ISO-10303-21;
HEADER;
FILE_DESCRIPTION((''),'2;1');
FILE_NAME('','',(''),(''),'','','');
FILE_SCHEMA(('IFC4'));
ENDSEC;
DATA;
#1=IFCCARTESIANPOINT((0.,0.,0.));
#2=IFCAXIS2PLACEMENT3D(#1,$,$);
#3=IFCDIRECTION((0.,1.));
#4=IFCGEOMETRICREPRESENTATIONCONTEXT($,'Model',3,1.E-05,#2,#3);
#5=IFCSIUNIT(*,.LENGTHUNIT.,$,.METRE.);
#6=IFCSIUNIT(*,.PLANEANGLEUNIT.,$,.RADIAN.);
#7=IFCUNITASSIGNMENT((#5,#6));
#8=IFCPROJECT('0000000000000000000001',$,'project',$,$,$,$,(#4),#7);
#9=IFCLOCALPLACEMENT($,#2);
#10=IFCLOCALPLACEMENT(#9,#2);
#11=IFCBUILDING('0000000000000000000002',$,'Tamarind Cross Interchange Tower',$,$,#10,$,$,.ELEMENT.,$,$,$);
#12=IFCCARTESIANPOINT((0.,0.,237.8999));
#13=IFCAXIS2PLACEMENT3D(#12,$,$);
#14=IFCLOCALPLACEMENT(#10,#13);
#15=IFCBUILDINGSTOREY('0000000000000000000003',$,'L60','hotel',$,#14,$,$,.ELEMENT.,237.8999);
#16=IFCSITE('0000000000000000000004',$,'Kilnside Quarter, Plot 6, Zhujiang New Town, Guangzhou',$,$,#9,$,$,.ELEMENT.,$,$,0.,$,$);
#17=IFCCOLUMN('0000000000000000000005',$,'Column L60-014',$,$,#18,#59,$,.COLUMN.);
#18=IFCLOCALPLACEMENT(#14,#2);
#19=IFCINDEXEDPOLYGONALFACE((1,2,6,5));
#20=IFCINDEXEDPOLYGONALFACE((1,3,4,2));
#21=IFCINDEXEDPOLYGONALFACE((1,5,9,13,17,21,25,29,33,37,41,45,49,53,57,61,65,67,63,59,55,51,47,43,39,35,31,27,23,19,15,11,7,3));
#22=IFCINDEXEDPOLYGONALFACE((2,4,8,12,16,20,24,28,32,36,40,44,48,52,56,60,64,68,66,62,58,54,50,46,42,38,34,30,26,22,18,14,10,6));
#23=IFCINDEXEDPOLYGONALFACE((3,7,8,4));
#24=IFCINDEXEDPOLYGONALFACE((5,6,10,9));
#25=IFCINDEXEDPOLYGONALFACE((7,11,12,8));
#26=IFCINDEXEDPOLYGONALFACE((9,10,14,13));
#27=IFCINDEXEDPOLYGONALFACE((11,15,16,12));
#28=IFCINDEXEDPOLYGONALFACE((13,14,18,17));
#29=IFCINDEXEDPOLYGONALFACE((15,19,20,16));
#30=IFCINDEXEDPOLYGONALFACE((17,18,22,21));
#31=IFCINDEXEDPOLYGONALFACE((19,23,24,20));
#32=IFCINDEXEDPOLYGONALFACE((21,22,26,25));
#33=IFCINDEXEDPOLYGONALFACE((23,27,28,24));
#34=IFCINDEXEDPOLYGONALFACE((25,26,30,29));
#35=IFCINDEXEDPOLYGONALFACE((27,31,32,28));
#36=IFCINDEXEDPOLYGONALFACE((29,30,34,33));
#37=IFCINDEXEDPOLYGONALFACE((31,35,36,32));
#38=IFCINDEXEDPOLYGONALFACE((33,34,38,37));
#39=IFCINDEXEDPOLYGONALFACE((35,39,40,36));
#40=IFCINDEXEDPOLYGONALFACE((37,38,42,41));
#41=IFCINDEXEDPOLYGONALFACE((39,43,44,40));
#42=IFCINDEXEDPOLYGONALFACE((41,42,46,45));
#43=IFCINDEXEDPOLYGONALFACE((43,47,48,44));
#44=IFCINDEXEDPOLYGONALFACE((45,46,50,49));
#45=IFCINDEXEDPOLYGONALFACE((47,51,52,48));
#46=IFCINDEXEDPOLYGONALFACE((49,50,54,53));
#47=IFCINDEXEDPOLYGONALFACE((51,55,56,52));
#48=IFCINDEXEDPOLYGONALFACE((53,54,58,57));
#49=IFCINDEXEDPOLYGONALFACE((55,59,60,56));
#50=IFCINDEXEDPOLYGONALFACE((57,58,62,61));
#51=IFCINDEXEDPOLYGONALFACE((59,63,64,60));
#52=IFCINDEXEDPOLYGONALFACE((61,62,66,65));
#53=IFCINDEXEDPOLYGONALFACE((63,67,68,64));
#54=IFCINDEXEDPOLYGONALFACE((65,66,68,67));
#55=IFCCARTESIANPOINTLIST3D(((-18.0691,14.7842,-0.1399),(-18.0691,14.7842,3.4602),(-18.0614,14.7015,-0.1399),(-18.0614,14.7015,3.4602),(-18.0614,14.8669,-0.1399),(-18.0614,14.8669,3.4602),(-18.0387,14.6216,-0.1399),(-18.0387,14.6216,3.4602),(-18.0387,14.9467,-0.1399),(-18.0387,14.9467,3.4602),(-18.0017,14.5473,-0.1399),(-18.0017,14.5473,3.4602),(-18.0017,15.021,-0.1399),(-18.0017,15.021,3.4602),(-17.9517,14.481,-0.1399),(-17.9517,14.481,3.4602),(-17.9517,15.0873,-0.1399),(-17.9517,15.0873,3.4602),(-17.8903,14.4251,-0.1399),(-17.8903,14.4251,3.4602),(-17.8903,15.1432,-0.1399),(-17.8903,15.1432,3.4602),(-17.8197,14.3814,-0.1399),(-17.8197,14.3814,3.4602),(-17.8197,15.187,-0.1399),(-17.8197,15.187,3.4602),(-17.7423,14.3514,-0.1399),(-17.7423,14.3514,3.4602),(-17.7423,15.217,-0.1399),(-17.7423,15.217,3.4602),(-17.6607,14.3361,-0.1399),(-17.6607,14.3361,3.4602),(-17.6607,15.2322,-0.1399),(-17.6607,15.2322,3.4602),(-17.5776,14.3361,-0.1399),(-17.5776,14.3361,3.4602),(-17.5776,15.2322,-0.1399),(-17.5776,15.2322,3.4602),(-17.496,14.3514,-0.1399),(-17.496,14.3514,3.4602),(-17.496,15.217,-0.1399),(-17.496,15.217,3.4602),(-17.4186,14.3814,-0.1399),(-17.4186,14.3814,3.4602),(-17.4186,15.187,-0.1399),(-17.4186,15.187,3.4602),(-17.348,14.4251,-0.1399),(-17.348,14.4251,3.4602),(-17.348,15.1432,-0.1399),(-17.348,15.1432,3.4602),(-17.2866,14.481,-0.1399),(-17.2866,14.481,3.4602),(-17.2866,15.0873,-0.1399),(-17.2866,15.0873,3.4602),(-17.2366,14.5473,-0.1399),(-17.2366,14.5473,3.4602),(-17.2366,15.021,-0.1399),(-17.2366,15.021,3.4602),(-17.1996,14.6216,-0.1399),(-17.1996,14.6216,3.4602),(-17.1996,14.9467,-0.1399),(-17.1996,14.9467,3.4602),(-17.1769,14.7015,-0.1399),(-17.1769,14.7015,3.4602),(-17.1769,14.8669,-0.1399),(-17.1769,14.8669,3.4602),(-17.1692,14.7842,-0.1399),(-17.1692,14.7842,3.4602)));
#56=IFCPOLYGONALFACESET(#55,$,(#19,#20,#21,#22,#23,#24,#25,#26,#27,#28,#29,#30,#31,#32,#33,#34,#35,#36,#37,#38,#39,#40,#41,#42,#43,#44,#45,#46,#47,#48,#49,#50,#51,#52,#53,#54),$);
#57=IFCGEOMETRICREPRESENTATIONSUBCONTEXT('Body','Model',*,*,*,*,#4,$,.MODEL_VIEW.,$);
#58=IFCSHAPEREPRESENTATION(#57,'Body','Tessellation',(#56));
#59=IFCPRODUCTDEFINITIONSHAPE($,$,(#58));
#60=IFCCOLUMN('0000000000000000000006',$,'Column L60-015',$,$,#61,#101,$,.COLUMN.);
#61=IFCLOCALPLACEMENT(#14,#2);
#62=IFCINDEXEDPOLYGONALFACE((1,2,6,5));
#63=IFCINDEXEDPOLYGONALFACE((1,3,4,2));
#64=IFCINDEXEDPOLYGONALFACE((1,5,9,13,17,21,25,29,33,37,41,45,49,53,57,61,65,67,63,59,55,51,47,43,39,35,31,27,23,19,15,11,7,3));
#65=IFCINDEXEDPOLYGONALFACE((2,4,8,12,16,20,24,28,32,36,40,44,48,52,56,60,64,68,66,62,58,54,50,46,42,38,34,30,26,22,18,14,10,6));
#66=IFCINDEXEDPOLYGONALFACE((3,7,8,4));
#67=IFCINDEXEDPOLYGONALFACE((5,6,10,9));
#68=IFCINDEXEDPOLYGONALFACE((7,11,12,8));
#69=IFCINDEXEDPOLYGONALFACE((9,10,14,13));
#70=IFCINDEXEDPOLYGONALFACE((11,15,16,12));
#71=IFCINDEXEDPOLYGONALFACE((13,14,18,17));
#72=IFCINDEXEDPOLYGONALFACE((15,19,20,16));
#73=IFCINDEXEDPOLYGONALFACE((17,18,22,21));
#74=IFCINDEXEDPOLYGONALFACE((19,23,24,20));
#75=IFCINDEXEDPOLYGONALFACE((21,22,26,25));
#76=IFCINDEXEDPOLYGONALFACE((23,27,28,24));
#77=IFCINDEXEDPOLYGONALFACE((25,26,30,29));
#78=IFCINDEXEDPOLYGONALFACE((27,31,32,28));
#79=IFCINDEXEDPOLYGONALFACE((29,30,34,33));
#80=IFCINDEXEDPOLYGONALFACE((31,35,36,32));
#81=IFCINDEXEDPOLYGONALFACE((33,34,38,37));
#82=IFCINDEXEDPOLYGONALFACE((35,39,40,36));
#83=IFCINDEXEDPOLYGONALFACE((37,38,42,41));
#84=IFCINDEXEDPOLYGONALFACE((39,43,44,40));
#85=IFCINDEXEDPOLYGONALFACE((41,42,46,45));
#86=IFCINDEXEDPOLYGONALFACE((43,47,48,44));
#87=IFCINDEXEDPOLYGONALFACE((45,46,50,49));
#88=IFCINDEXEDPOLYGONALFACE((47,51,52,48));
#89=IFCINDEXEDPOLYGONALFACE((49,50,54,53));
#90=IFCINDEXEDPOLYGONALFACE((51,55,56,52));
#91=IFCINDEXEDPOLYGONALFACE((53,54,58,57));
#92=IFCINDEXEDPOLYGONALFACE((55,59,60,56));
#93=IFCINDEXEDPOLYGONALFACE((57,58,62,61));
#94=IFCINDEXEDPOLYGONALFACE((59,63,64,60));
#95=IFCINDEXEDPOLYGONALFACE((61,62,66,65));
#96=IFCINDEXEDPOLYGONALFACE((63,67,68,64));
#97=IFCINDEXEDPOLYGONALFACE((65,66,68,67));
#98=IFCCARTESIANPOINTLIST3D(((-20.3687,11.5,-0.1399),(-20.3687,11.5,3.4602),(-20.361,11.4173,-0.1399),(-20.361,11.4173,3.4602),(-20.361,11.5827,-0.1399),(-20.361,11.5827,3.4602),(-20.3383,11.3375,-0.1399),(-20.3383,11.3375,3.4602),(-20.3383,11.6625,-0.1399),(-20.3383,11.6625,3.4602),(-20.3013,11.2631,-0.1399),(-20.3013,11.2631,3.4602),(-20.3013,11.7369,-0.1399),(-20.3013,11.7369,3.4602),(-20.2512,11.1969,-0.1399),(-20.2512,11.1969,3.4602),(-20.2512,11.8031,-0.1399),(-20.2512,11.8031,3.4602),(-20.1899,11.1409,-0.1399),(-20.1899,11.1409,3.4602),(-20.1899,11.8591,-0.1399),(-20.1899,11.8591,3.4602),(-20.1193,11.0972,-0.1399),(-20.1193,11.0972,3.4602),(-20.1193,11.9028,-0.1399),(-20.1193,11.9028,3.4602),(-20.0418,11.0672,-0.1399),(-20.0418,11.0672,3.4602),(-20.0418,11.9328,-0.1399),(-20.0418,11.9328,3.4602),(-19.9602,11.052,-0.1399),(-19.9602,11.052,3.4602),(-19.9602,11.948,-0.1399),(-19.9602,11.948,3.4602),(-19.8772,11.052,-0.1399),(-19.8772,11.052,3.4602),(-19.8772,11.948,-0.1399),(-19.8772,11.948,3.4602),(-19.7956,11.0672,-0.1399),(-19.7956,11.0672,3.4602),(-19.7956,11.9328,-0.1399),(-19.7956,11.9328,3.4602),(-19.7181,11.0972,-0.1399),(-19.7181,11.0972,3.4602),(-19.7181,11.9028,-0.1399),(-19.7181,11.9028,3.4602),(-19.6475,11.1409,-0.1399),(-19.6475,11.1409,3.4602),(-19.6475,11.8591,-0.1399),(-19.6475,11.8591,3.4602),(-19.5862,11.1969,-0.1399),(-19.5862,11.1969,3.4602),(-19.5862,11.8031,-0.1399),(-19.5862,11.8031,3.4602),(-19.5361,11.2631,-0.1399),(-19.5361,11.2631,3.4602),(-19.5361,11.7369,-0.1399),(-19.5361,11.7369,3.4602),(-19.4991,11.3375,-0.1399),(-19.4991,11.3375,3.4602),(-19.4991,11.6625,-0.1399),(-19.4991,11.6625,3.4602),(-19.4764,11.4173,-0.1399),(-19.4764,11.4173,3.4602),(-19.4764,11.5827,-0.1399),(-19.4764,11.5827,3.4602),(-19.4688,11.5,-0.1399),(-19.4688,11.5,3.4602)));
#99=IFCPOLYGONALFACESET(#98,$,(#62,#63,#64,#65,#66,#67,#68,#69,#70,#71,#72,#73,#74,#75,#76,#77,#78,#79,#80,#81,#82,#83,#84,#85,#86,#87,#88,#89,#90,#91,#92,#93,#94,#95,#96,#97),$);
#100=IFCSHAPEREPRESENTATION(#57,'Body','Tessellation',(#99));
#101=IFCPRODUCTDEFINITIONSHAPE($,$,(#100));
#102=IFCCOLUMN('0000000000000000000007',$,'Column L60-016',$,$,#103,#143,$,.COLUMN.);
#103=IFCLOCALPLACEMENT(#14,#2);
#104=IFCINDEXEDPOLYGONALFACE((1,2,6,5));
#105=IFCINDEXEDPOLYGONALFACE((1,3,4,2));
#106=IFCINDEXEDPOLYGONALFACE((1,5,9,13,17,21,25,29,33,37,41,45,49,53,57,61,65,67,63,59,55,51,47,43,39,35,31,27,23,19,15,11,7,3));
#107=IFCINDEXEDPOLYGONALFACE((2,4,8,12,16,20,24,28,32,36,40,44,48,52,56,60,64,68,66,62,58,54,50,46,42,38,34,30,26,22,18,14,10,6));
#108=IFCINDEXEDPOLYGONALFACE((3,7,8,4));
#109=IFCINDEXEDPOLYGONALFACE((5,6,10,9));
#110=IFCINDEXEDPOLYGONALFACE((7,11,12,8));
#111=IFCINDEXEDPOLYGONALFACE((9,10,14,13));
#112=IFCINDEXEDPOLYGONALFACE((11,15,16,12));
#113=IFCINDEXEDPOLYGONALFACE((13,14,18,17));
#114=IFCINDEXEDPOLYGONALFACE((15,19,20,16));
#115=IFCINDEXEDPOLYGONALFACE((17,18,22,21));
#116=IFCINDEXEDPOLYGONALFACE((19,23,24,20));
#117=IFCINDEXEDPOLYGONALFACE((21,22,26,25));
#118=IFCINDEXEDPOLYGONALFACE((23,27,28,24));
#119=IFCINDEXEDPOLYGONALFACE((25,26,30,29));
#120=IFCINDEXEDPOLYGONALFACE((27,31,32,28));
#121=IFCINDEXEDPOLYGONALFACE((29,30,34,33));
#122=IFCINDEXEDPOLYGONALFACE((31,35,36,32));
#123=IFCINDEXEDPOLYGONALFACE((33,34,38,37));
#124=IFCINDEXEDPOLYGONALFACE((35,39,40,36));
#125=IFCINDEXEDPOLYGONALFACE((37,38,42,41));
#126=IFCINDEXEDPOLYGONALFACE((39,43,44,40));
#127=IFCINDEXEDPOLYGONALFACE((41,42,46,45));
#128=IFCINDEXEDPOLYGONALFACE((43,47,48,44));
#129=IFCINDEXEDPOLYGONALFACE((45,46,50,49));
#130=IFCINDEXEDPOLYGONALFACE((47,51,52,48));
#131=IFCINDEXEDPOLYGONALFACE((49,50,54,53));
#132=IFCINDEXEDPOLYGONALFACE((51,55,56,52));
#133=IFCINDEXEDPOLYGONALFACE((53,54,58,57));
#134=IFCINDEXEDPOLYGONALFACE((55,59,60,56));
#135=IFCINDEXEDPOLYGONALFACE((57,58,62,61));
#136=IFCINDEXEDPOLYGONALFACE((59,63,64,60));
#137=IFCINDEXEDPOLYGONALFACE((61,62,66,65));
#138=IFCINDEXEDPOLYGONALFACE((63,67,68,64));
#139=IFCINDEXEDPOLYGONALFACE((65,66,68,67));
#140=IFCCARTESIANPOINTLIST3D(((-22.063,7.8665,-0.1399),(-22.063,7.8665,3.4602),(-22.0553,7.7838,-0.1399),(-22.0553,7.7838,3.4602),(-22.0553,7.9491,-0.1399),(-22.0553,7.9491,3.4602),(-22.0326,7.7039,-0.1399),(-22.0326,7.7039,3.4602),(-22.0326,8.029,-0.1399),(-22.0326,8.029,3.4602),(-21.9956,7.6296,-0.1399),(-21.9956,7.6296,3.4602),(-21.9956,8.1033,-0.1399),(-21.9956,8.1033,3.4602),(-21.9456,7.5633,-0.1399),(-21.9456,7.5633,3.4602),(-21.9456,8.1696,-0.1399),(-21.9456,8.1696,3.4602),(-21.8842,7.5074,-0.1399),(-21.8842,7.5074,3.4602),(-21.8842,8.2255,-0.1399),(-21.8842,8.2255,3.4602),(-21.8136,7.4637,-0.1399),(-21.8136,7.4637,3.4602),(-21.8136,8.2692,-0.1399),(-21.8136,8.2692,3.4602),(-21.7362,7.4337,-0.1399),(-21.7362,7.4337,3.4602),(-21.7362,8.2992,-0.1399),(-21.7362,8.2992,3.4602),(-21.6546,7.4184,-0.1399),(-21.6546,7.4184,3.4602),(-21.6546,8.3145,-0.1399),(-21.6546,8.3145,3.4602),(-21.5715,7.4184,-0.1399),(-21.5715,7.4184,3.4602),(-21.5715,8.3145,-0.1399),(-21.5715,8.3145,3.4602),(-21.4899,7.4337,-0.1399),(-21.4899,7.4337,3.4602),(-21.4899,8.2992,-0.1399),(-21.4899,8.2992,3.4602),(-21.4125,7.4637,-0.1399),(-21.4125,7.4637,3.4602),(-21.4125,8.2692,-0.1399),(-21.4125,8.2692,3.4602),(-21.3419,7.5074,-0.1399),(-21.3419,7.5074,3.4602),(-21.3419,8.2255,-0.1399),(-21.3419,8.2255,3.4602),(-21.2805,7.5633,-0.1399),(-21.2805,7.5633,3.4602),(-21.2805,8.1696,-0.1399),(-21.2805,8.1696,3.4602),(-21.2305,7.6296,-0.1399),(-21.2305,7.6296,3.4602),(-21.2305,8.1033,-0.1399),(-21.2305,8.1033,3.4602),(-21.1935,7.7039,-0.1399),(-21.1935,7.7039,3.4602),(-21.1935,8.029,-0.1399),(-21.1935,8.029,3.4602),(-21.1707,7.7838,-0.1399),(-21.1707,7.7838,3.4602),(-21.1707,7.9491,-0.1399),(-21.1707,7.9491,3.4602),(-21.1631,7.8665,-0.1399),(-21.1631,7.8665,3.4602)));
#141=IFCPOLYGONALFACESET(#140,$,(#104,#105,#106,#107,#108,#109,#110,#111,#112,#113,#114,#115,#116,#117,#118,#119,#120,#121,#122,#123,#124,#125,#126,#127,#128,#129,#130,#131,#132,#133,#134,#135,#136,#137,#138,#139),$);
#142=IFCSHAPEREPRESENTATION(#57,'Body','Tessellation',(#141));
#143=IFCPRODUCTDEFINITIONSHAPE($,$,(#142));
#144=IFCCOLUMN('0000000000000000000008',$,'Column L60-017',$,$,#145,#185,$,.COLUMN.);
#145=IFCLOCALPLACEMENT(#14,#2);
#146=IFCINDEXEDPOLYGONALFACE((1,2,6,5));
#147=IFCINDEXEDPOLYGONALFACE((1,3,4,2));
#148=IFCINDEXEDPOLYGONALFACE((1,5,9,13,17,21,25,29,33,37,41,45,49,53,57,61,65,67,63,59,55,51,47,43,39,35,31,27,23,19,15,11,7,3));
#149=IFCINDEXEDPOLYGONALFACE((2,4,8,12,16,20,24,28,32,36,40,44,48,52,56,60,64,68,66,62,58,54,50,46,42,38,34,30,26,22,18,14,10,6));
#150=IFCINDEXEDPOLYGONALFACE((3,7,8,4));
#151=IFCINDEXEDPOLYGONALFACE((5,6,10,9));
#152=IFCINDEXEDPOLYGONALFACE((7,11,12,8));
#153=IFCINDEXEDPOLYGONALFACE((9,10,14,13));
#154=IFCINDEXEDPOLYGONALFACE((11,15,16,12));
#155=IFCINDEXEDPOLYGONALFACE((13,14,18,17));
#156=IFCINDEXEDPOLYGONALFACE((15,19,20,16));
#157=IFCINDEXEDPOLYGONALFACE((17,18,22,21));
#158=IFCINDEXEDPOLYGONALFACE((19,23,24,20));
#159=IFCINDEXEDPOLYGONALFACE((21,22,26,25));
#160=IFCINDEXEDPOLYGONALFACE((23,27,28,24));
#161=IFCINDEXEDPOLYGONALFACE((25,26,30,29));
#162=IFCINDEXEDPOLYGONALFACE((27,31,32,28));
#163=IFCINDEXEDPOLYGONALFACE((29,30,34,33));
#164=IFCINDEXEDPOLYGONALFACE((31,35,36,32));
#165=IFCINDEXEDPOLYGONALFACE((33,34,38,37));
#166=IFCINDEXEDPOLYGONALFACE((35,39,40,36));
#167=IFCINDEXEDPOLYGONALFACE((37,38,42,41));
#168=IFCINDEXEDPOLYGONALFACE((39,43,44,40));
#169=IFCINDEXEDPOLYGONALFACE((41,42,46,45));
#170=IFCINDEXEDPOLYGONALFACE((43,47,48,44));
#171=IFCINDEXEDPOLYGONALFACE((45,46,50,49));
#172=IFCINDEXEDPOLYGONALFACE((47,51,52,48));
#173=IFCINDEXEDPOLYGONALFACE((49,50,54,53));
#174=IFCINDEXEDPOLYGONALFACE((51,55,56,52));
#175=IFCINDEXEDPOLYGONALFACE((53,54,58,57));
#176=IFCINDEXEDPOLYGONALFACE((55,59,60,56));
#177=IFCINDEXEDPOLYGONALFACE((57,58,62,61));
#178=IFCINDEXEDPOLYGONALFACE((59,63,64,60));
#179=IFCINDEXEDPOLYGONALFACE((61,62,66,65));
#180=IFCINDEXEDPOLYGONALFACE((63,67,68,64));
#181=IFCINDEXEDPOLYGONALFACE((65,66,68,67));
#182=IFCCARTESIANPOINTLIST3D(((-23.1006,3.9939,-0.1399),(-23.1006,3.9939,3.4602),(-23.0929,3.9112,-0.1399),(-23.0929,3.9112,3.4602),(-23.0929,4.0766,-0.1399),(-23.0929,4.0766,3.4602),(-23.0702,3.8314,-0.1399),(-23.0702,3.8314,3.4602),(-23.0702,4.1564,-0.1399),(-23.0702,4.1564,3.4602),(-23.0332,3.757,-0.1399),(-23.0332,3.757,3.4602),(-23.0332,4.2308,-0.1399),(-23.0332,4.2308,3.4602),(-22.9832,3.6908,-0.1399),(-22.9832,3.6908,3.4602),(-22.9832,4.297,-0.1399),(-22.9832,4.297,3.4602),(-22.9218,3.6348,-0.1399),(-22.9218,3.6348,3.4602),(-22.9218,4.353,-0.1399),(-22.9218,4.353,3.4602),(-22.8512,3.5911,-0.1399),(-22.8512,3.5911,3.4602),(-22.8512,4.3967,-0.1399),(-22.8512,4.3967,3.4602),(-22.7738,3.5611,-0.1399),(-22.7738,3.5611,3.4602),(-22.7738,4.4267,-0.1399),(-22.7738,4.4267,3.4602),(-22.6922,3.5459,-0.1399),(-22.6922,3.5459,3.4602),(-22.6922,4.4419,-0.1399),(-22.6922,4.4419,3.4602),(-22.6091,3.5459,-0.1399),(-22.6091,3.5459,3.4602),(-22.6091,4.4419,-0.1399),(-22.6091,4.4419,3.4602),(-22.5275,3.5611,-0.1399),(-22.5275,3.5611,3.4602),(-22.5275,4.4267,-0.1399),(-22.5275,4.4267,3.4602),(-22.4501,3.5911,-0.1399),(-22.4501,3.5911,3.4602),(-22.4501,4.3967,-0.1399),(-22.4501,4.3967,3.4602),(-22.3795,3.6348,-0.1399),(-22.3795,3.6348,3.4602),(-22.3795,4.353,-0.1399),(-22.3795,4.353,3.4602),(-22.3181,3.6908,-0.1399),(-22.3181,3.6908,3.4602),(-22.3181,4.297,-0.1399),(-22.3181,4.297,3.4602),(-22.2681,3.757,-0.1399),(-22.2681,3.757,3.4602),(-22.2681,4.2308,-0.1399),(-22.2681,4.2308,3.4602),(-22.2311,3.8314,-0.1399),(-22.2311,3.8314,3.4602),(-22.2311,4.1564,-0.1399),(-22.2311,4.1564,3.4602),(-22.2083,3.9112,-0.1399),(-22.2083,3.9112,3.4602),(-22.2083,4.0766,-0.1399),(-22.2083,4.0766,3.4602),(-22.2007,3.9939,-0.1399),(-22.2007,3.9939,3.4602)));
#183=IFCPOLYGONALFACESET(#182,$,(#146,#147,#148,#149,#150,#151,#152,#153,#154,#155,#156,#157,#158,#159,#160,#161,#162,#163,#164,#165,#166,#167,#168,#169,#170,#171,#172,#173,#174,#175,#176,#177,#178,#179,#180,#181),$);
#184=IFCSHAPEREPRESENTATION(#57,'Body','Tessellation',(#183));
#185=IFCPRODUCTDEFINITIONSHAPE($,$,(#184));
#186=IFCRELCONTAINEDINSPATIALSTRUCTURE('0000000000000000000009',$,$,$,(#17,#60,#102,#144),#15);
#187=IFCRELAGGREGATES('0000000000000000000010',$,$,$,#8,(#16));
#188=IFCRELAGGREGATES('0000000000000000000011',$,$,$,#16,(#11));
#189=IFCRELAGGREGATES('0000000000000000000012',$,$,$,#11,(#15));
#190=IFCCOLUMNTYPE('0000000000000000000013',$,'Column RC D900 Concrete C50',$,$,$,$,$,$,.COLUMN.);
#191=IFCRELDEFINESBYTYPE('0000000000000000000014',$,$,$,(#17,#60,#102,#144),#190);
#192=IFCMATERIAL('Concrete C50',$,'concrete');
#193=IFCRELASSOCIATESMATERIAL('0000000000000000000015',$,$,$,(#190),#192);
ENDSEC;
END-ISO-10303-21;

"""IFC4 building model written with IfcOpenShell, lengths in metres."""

from ifc_helpers import new_model, si_unit, direction, frame, origin, origin_2d, place, context, subcontext, project, spatial, circle, extrude, material, material_profile, profile_set, type_object, element, save


model = new_model("IFC4")

# Units and contexts
model_context = context("Model", 3, precision=1e-05, world=origin(), true_north=direction((0.0, 1.0)))
body_context = subcontext(model_context, "Body", "Model", "MODEL_VIEW")
ifc_project = project(units=[si_unit("LENGTHUNIT", "METRE"), si_unit("PLANEANGLEUNIT", "RADIAN")], contexts=[model_context])

# Site, building, storey
site_placement = place(None, origin())
site = spatial("IfcSite", under=ifc_project, at=site_placement, Name="Kilnside Quarter, Plot 6, Zhujiang New Town, Guangzhou", CompositionType="ELEMENT", RefElevation=0.0)
building_placement = place(site_placement, origin())
building = spatial("IfcBuilding", under=site, at=building_placement, Name="Tamarind Cross Interchange Tower", CompositionType="ELEMENT")
storey_placement = place(building_placement, frame((0.0, 0.0, 237.8999)))
storey = spatial("IfcBuildingStorey", under=building, at=storey_placement, Name="L60", Description="hotel", CompositionType="ELEMENT", Elevation=237.8999)

# Columns
ifc_material_1 = material(Name="Concrete C50", Category="concrete")
ifc_material_profile_1 = material_profile(ifc_material_1, circle(Radius=0.45, at=origin_2d()), Name="RC D900")
ifc_profile_set_1 = profile_set([ifc_material_profile_1], Name="Concrete C50")
column_type = type_object("IfcColumnType", Name="Column RC D900 Concrete C50", PredefinedType="COLUMN", material=ifc_profile_set_1)
for number, where, z_axis, x_axis, name in (
    (1, (-17.6191, 14.7842, -0.1399), (0.0, 0.0, 1.0), (1.0, 0.0, 0.0), "Column L60-014"),
    (2, (-19.9187, 11.5, -0.1399), (0.0, 0.0, 1.0), (1.0, 0.0, 0.0), "Column L60-015"),
    (3, (-21.613, 7.8665, -0.1399), (0.0, 0.0, 1.0), (1.0, 0.0, 0.0), "Column L60-016"),
    (4, (-22.6506, 3.9939, -0.1399), (0.0, 0.0, 1.0), (1.0, 0.0, 0.0), "Column L60-017"),
):
    element("IfcColumn", number, at=place(storey_placement, frame(where, z_axis=z_axis, x_axis=x_axis)), inside=storey, type_object=column_type, Name=name, PredefinedType="COLUMN", context=body_context, shape_type="SweptSolid", body=[
        extrude(circle(Radius=0.45, at=origin_2d()), origin(), (0.0, 0.0, 1.0), 3.6001),
    ])

save(model, "model.ifc")
